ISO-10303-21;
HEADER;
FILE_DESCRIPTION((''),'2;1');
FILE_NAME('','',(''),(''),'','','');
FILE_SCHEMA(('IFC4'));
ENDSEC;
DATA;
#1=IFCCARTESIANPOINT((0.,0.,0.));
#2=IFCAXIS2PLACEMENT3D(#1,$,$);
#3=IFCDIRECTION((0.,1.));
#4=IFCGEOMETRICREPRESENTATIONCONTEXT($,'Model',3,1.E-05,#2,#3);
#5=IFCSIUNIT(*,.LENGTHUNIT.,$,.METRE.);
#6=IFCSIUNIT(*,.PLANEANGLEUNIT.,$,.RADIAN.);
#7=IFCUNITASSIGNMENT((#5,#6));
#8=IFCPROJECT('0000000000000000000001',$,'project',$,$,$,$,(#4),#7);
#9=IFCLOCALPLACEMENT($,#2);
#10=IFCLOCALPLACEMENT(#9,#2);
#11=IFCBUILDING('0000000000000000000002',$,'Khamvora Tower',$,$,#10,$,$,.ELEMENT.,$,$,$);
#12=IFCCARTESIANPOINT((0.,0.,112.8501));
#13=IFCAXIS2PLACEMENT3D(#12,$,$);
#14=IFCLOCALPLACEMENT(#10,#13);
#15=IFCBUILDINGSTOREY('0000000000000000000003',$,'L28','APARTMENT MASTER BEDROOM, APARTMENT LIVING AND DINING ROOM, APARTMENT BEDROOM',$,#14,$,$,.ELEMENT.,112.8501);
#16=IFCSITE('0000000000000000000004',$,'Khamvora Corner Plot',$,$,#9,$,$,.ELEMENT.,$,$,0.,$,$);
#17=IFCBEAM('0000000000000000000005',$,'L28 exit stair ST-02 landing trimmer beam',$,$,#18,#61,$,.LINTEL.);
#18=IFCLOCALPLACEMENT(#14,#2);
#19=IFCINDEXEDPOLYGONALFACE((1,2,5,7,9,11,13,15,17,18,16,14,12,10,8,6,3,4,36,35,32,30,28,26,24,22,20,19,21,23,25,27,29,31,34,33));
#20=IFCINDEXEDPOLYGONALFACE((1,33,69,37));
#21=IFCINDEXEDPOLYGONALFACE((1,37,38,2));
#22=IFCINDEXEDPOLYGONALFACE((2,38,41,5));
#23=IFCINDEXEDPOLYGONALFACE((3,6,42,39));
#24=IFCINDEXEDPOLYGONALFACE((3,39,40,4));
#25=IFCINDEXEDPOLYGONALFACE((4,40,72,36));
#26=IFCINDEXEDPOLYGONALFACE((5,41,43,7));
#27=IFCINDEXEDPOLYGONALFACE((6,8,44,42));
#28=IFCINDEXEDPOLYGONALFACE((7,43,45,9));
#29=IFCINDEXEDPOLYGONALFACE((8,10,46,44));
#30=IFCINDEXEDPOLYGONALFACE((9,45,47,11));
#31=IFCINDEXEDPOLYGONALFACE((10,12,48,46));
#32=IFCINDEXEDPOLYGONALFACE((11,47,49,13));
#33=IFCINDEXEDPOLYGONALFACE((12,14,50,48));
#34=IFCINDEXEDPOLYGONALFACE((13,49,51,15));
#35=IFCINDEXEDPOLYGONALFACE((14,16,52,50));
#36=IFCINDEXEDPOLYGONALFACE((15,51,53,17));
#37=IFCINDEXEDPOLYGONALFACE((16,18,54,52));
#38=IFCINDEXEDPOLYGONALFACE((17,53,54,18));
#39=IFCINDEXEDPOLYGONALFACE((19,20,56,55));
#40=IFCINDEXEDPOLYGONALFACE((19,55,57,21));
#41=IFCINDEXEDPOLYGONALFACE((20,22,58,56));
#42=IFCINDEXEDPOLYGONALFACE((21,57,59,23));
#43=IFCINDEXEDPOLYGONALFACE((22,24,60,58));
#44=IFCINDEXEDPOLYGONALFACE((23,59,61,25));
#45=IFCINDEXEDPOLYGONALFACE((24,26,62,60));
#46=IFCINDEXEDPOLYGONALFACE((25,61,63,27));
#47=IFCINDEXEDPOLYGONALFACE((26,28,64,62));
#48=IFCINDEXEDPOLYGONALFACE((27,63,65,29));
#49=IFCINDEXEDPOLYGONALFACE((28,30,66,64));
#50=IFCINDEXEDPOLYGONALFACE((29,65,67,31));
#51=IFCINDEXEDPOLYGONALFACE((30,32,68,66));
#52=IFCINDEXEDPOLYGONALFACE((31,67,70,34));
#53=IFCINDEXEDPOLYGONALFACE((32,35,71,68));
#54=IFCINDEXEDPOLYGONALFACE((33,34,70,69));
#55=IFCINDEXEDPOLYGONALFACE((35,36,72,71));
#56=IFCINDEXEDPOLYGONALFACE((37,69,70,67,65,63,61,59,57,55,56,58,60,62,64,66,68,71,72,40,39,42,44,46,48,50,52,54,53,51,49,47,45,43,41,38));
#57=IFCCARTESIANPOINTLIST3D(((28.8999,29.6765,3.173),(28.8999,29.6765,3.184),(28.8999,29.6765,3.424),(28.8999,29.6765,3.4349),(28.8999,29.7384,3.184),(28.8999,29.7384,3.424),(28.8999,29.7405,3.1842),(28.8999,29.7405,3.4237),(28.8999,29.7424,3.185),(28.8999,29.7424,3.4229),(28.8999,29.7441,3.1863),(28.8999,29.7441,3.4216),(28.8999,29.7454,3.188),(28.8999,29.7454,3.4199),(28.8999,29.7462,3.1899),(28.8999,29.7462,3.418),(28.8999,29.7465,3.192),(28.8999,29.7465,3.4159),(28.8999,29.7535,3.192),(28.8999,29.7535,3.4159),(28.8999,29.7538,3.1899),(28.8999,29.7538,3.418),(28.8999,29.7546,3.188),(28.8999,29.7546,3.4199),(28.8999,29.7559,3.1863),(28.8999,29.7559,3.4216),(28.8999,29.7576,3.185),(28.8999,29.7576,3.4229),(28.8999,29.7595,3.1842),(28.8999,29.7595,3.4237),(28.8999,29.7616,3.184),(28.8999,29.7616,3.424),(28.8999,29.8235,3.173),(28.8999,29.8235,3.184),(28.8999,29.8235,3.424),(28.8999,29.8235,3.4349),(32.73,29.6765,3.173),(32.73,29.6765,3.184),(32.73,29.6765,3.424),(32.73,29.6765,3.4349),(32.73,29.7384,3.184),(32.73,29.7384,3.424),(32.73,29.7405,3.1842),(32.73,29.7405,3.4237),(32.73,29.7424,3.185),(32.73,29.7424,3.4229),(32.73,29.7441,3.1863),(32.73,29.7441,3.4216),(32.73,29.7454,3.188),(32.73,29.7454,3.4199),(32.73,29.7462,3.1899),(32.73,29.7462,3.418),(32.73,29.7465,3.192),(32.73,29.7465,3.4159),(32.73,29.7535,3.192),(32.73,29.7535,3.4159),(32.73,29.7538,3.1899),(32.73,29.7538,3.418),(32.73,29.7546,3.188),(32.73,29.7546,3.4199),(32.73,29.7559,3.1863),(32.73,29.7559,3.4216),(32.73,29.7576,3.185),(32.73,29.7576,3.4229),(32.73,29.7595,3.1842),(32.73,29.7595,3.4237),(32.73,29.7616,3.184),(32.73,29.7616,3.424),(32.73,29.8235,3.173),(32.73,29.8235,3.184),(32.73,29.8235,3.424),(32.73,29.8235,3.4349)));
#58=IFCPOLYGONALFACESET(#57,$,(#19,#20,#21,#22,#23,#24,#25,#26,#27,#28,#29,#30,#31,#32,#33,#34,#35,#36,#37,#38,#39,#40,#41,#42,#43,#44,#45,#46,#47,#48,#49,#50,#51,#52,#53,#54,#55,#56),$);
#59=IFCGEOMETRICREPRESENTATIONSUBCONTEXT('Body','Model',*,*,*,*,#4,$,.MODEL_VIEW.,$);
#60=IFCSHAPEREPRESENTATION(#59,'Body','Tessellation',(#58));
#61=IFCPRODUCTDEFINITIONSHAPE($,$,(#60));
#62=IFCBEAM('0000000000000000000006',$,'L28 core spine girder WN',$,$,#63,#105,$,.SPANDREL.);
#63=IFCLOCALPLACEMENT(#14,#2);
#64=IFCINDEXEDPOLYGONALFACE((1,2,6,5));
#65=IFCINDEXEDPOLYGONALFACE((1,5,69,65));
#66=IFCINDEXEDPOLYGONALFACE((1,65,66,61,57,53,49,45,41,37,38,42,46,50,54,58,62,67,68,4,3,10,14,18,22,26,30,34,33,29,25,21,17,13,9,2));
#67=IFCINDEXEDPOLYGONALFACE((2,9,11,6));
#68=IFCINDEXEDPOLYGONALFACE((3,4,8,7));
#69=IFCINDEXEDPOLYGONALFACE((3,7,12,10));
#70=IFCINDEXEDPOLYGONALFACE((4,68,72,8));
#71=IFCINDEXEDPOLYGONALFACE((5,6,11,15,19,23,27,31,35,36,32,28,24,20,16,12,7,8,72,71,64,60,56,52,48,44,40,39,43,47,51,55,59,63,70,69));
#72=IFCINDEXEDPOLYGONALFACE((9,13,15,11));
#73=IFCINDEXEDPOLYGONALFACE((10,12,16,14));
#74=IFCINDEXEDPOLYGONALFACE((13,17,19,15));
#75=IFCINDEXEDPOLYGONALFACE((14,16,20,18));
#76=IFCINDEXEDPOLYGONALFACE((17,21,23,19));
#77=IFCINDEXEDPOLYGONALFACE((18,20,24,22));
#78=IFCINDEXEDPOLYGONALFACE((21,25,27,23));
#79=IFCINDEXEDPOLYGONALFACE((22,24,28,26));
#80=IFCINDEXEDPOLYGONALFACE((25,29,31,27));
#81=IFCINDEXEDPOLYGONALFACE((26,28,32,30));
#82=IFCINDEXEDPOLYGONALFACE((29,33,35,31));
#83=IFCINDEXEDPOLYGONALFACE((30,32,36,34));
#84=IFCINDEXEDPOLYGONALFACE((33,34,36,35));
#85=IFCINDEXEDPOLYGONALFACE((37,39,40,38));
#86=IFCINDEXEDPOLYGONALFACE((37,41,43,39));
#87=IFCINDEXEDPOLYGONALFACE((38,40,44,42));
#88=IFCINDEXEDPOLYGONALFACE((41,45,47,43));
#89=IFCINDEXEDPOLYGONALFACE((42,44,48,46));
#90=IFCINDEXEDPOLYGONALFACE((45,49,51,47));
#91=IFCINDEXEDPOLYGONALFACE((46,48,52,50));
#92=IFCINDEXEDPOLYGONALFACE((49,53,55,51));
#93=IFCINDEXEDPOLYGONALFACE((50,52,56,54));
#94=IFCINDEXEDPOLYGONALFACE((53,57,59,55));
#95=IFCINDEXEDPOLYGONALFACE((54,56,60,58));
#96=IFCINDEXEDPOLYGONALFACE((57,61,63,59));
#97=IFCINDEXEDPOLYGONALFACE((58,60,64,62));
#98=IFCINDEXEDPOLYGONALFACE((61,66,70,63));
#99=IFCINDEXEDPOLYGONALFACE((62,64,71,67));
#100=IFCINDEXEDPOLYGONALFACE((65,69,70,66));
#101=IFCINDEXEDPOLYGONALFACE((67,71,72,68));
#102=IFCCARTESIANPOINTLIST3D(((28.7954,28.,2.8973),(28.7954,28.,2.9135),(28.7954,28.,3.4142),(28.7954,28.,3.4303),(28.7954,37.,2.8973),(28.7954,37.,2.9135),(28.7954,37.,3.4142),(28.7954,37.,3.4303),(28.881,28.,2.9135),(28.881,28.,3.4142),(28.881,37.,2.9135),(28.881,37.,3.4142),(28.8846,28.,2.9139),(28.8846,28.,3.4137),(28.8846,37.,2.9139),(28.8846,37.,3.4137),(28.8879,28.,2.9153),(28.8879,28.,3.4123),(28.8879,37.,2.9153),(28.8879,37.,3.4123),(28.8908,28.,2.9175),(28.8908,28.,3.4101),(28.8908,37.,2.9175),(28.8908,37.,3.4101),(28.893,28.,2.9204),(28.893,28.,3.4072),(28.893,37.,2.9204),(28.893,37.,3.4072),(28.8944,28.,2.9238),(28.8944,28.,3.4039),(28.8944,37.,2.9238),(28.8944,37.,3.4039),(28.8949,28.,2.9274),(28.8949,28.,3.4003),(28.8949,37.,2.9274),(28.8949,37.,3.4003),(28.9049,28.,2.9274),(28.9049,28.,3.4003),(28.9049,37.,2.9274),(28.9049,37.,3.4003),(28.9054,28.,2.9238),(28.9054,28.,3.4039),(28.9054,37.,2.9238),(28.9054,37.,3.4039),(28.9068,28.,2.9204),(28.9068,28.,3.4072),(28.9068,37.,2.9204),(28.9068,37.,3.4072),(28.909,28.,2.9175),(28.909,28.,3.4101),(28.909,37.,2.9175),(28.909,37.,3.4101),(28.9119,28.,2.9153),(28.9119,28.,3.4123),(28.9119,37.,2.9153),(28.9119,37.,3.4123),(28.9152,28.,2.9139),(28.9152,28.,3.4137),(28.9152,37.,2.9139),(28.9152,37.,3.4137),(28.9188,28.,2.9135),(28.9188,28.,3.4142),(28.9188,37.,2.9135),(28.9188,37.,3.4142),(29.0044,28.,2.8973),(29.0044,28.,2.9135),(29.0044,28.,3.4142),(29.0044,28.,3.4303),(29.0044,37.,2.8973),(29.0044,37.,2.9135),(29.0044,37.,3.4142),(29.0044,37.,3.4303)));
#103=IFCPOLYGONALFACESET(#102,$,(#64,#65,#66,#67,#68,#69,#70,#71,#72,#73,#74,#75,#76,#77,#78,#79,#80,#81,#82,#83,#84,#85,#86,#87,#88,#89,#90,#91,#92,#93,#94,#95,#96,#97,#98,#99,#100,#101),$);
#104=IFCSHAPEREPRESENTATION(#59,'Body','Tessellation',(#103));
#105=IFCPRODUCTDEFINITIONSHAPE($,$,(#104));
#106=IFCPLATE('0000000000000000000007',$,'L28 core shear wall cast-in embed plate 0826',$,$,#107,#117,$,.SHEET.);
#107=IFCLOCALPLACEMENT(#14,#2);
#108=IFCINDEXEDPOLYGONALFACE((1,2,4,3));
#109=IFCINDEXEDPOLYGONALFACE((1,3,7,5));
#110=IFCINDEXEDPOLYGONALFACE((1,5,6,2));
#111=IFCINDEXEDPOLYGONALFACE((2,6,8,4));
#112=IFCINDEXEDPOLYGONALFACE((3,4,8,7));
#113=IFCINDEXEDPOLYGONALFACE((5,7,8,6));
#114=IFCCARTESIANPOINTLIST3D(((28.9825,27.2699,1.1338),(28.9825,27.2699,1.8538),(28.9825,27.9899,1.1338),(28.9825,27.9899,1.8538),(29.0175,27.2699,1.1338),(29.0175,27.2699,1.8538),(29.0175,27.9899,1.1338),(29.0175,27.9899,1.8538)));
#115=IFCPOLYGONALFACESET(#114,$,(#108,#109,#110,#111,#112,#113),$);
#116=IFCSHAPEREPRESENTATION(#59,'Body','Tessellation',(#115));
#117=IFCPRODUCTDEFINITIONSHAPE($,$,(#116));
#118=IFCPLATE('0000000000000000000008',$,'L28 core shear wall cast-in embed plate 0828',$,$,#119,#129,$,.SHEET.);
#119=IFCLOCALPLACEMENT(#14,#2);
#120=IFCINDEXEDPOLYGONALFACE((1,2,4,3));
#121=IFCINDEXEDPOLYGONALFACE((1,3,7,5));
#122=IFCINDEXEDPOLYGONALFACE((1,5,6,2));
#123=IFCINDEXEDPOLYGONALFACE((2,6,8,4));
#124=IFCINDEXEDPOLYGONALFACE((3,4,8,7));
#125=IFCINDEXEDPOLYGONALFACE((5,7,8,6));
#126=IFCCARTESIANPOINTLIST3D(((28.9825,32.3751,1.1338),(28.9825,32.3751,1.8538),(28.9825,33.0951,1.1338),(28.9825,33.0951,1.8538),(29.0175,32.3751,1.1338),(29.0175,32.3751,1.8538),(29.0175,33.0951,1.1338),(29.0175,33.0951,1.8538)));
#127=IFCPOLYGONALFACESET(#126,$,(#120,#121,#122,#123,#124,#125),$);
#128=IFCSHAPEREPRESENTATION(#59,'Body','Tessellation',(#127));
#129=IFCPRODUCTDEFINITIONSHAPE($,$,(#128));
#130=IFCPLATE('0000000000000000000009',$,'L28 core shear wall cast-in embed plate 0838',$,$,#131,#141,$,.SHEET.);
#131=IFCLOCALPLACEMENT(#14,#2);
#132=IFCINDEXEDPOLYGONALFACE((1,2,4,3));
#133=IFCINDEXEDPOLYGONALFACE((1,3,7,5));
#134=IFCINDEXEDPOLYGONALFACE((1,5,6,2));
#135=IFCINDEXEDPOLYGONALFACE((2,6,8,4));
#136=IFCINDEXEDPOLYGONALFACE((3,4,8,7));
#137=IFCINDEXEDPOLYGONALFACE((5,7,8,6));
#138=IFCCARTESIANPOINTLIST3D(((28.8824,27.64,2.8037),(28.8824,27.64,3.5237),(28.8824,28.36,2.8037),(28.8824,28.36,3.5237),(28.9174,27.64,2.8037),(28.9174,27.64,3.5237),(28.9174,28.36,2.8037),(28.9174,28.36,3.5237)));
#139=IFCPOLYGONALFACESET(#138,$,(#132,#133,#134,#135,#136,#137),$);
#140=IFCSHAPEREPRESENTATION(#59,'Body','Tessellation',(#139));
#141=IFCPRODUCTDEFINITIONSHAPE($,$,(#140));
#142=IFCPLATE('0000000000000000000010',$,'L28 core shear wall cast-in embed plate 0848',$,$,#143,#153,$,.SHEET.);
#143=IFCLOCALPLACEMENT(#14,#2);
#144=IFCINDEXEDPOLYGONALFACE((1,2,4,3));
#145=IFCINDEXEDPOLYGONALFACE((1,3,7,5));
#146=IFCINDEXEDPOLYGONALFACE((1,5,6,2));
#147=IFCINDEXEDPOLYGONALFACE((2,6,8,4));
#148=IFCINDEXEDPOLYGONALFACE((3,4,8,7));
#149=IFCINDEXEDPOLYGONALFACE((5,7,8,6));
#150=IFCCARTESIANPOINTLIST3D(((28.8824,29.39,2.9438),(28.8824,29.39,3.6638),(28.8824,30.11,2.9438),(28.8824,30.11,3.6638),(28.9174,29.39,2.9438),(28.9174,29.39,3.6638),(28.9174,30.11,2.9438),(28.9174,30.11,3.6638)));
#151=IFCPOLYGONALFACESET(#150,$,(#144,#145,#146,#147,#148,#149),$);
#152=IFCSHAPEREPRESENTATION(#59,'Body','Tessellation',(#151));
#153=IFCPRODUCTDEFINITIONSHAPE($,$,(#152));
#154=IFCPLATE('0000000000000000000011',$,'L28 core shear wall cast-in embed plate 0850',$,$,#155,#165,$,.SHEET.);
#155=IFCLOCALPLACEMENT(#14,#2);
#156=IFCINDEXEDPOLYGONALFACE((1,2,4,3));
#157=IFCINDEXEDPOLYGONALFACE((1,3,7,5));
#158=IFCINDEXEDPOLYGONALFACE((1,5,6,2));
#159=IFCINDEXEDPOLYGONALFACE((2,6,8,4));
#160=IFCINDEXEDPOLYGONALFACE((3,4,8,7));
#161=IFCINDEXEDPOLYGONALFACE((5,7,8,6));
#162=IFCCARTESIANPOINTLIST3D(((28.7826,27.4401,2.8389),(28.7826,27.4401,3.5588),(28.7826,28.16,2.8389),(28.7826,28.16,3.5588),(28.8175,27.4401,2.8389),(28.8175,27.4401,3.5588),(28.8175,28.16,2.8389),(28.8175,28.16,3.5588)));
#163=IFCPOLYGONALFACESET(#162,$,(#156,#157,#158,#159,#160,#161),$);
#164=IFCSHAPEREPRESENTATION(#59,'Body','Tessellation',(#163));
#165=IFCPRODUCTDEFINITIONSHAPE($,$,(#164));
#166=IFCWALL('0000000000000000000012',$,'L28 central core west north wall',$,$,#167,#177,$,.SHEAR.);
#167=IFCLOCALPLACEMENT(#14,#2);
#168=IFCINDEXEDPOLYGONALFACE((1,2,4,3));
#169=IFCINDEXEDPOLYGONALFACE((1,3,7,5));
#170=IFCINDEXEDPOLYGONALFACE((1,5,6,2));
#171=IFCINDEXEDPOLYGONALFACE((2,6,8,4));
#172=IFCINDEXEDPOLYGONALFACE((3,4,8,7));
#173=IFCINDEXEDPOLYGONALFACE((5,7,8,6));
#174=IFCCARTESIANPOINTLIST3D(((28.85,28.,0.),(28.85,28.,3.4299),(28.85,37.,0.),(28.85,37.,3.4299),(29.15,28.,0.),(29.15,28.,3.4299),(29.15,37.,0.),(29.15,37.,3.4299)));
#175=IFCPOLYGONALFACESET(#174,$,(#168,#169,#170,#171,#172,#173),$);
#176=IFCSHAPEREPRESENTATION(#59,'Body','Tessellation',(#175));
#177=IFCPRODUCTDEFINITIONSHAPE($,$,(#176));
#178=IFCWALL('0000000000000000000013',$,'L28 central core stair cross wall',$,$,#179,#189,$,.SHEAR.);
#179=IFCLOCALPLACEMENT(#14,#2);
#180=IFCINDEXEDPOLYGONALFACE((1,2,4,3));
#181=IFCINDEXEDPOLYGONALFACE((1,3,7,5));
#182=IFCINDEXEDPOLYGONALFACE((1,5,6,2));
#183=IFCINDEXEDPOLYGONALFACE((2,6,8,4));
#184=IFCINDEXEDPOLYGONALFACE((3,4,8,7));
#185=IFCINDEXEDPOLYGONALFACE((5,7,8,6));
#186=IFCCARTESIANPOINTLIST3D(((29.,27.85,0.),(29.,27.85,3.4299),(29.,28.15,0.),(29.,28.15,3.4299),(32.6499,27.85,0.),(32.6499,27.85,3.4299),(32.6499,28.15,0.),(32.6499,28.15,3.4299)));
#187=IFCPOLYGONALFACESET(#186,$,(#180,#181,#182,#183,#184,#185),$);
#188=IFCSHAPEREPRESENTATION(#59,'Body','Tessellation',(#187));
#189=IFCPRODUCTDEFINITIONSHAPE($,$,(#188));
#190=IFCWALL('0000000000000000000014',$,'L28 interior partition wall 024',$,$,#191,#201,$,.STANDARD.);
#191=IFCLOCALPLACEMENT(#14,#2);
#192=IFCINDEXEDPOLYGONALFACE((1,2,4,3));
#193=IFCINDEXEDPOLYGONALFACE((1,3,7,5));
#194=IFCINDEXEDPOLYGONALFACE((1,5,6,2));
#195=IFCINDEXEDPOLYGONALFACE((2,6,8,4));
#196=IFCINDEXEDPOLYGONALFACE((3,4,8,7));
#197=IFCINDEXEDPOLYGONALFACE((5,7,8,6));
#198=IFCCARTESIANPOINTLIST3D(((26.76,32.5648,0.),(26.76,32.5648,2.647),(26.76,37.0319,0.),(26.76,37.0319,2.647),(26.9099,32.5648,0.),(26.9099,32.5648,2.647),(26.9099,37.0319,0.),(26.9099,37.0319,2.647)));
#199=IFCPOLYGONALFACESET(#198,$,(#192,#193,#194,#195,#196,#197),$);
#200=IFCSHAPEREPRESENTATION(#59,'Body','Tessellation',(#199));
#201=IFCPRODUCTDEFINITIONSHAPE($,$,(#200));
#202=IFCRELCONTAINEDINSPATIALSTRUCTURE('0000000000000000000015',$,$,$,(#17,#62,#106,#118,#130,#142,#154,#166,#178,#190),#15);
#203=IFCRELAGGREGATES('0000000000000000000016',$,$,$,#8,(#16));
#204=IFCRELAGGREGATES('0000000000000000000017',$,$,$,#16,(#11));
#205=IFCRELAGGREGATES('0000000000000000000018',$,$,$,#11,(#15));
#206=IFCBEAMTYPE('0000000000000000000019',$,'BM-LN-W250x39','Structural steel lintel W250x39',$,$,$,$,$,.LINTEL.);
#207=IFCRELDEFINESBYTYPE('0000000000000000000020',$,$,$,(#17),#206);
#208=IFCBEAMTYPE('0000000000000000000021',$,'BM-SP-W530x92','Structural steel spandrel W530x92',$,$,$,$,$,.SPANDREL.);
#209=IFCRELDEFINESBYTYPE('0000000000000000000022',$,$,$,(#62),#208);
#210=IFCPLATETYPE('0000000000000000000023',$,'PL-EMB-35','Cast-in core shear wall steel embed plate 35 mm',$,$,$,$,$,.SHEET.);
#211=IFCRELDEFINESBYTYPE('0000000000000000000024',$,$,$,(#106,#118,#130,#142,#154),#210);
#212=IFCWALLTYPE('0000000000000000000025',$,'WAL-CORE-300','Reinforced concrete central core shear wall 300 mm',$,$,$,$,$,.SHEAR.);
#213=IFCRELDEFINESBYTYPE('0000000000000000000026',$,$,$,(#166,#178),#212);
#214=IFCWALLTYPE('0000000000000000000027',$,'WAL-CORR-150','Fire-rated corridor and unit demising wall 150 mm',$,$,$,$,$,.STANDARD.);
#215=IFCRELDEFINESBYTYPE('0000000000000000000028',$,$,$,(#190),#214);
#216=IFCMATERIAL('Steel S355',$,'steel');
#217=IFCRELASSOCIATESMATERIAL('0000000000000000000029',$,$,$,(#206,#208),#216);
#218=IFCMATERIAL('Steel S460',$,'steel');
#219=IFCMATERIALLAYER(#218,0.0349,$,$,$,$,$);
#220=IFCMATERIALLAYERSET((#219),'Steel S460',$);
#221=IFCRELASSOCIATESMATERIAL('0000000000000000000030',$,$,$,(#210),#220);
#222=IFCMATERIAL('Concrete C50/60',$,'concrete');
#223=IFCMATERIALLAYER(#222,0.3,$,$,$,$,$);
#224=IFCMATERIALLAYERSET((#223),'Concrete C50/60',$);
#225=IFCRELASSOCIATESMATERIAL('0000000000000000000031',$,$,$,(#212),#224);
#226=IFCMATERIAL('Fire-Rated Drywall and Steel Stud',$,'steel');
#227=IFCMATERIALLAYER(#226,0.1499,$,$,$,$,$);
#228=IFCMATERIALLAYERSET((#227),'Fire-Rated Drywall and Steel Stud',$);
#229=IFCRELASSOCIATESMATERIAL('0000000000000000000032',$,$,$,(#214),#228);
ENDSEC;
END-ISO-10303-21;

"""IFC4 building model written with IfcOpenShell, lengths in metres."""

from ifc_helpers import new_model, si_unit, direction, frame, frame_2d, origin, origin_2d, place, context, subcontext, project, spatial, rectangle, i_section, extrude, material, layer, layer_set, material_profile, profile_set, type_object, element, save


model = new_model("IFC4")

# Units and contexts
model_context = context("Model", 3, precision=1e-05, world=origin(), true_north=direction((0.0, 1.0)))
body_context = subcontext(model_context, "Body", "Model", "MODEL_VIEW")
ifc_project = project(units=[si_unit("LENGTHUNIT", "METRE"), si_unit("PLANEANGLEUNIT", "RADIAN")], contexts=[model_context])

# Site, building, storey
site_placement = place(None, origin())
site = spatial("IfcSite", under=ifc_project, at=site_placement, Name="Khamvora Corner Plot", CompositionType="ELEMENT", RefElevation=0.0)
building_placement = place(site_placement, origin())
building = spatial("IfcBuilding", under=site, at=building_placement, Name="Khamvora Tower", CompositionType="ELEMENT")
storey_placement = place(building_placement, frame((0.0, 0.0, 112.8501)))
storey = spatial("IfcBuildingStorey", under=building, at=storey_placement, Name="L28", Description="APARTMENT MASTER BEDROOM, APARTMENT LIVING AND DINING ROOM, APARTMENT BEDROOM", CompositionType="ELEMENT", Elevation=112.8501)

# Shared definitions
ifc_material_1 = material(Name="Steel S460", Category="steel")

# Beams
ifc_material_2 = material(Name="Steel S355", Category="steel")
ifc_material_profile_1 = material_profile(ifc_material_2, i_section(OverallWidth=0.147, OverallDepth=0.262, WebThickness=0.0071, FlangeThickness=0.011, FilletRadius=0.0081, at=origin_2d()), Name="W250x39")
ifc_profile_set_1 = profile_set([ifc_material_profile_1], Name="Steel S355")
beam_type_1 = type_object("IfcBeamType", Name="BM-LN-W250x39", Description="Structural steel lintel W250x39", PredefinedType="LINTEL", material=ifc_profile_set_1)
beam_1_placement = place(storey_placement, frame((28.8999, 29.75, 3.304), z_axis=(1.0, 0.0, 0.0), x_axis=(0.0, 1.0, 0.0)))
element("IfcBeam", 1, at=beam_1_placement, inside=storey, type_object=beam_type_1, Name="L28 exit stair ST-02 landing trimmer beam", PredefinedType="LINTEL", context=body_context, shape_type="SweptSolid", body=[
    extrude(i_section(OverallWidth=0.147, OverallDepth=0.262, WebThickness=0.0071, FlangeThickness=0.011, FilletRadius=0.0081, at=origin_2d()), origin(), (0.0, 0.0, 1.0), 3.8301),
])
ifc_material_profile_2 = material_profile(ifc_material_2, i_section(OverallWidth=0.209, OverallDepth=0.533, WebThickness=0.01, FlangeThickness=0.0161, FilletRadius=0.0139, at=origin_2d()), Name="W530x92")
ifc_profile_set_2 = profile_set([ifc_material_profile_2], Name="Steel S355")
beam_type_2 = type_object("IfcBeamType", Name="BM-SP-W530x92", Description="Structural steel spandrel W530x92", PredefinedType="SPANDREL", material=ifc_profile_set_2)
beam_2_placement = place(storey_placement, frame((28.8999, 28.0, 3.1638), z_axis=(0.0, 1.0, 0.0), x_axis=(-1.0, 0.0, 0.0)))
element("IfcBeam", 2, at=beam_2_placement, inside=storey, type_object=beam_type_2, Name="L28 core spine girder WN", PredefinedType="SPANDREL", context=body_context, shape_type="SweptSolid", body=[
    extrude(i_section(OverallWidth=0.209, OverallDepth=0.533, WebThickness=0.01, FlangeThickness=0.0161, FilletRadius=0.0139, at=origin_2d()), origin(), (0.0, 0.0, 1.0), 9.0),
])

# Plates
ifc_layer_1 = layer(ifc_material_1, 0.0349)
ifc_layer_set_1 = layer_set([ifc_layer_1], Name="Steel S460")
plate_type = type_object("IfcPlateType", Name="PL-EMB-35", Description="Cast-in core shear wall steel embed plate 35 mm", PredefinedType="SHEET", material=ifc_layer_set_1)
for number, where, z_axis, x_axis, name in (
    (3, (29.0, 27.6299, 1.1338), (0.0, 0.0, 1.0), (1.0, 0.0, 0.0), "L28 core shear wall cast-in embed plate 0826"),
    (4, (29.0, 32.7351, 1.1338), (0.0, 0.0, 1.0), (1.0, 0.0, 0.0), "L28 core shear wall cast-in embed plate 0828"),
    (5, (28.8999, 28.0, 2.8037), (0.0, 0.0, 1.0), (1.0, 0.0, 0.0), "L28 core shear wall cast-in embed plate 0838"),
    (6, (28.8999, 29.75, 2.9438), (0.0, 0.0, 1.0), (1.0, 0.0, 0.0), "L28 core shear wall cast-in embed plate 0848"),
    (7, (28.8, 27.8, 2.8389), (0.0, 0.0, 1.0), (1.0, 0.0, 0.0), "L28 core shear wall cast-in embed plate 0850"),
):
    element("IfcPlate", number, at=place(storey_placement, frame(where, z_axis=z_axis, x_axis=x_axis)), inside=storey, type_object=plate_type, Name=name, PredefinedType="SHEET", context=body_context, shape_type="SweptSolid", body=[
        extrude(rectangle(XDim=0.0349, YDim=0.72, at=origin_2d()), origin(), (0.0, 0.0, 1.0), 0.72),
    ])

# Walls
ifc_material_3 = material(Name="Concrete C50/60", Category="concrete")
ifc_layer_2 = layer(ifc_material_3, 0.3)
ifc_layer_set_2 = layer_set([ifc_layer_2], Name="Concrete C50/60")
wall_type_1 = type_object("IfcWallType", Name="WAL-CORE-300", Description="Reinforced concrete central core shear wall 300 mm", PredefinedType="SHEAR", material=ifc_layer_set_2)
wall_1_placement = place(storey_placement, frame((29.0, 28.0, 0.0), z_axis=(0.0, 0.0, 1.0), x_axis=(0.0, 1.0, 0.0)))
element("IfcWall", 8, at=wall_1_placement, inside=storey, type_object=wall_type_1, Name="L28 central core west north wall", PredefinedType="SHEAR", context=body_context, shape_type="SweptSolid", body=[
    extrude(rectangle(XDim=9.0, YDim=0.3, at=frame_2d((4.5, 0.0))), origin(), (0.0, 0.0, 1.0), 3.4299),
])
wall_2_placement = place(storey_placement, frame((29.0, 28.0, 0.0), z_axis=(0.0, 0.0, 1.0), x_axis=(1.0, 0.0, 0.0)))
element("IfcWall", 9, at=wall_2_placement, inside=storey, type_object=wall_type_1, Name="L28 central core stair cross wall", PredefinedType="SHEAR", context=body_context, shape_type="SweptSolid", body=[
    extrude(rectangle(XDim=3.6499, YDim=0.3, at=frame_2d((1.825, 0.0))), origin(), (0.0, 0.0, 1.0), 3.4299),
])
ifc_material_4 = material(Name="Fire-Rated Drywall and Steel Stud", Category="steel")
ifc_layer_3 = layer(ifc_material_4, 0.1499)
ifc_layer_set_3 = layer_set([ifc_layer_3], Name="Fire-Rated Drywall and Steel Stud")
wall_type_2 = type_object("IfcWallType", Name="WAL-CORR-150", Description="Fire-rated corridor and unit demising wall 150 mm", PredefinedType="STANDARD", material=ifc_layer_set_3)
wall_3_placement = place(storey_placement, frame((26.835, 32.5649, 0.0), z_axis=(0.0, 0.0, 1.0), x_axis=(0.0, 1.0, 0.0)))
element("IfcWall", 10, at=wall_3_placement, inside=storey, type_object=wall_type_2, Name="L28 interior partition wall 024", PredefinedType="STANDARD", context=body_context, shape_type="SweptSolid", body=[
    extrude(rectangle(XDim=4.467, YDim=0.1499, at=frame_2d((2.2334, 0.0))), origin(), (0.0, 0.0, 1.0), 2.647),
])

save(model, "model.ifc")
